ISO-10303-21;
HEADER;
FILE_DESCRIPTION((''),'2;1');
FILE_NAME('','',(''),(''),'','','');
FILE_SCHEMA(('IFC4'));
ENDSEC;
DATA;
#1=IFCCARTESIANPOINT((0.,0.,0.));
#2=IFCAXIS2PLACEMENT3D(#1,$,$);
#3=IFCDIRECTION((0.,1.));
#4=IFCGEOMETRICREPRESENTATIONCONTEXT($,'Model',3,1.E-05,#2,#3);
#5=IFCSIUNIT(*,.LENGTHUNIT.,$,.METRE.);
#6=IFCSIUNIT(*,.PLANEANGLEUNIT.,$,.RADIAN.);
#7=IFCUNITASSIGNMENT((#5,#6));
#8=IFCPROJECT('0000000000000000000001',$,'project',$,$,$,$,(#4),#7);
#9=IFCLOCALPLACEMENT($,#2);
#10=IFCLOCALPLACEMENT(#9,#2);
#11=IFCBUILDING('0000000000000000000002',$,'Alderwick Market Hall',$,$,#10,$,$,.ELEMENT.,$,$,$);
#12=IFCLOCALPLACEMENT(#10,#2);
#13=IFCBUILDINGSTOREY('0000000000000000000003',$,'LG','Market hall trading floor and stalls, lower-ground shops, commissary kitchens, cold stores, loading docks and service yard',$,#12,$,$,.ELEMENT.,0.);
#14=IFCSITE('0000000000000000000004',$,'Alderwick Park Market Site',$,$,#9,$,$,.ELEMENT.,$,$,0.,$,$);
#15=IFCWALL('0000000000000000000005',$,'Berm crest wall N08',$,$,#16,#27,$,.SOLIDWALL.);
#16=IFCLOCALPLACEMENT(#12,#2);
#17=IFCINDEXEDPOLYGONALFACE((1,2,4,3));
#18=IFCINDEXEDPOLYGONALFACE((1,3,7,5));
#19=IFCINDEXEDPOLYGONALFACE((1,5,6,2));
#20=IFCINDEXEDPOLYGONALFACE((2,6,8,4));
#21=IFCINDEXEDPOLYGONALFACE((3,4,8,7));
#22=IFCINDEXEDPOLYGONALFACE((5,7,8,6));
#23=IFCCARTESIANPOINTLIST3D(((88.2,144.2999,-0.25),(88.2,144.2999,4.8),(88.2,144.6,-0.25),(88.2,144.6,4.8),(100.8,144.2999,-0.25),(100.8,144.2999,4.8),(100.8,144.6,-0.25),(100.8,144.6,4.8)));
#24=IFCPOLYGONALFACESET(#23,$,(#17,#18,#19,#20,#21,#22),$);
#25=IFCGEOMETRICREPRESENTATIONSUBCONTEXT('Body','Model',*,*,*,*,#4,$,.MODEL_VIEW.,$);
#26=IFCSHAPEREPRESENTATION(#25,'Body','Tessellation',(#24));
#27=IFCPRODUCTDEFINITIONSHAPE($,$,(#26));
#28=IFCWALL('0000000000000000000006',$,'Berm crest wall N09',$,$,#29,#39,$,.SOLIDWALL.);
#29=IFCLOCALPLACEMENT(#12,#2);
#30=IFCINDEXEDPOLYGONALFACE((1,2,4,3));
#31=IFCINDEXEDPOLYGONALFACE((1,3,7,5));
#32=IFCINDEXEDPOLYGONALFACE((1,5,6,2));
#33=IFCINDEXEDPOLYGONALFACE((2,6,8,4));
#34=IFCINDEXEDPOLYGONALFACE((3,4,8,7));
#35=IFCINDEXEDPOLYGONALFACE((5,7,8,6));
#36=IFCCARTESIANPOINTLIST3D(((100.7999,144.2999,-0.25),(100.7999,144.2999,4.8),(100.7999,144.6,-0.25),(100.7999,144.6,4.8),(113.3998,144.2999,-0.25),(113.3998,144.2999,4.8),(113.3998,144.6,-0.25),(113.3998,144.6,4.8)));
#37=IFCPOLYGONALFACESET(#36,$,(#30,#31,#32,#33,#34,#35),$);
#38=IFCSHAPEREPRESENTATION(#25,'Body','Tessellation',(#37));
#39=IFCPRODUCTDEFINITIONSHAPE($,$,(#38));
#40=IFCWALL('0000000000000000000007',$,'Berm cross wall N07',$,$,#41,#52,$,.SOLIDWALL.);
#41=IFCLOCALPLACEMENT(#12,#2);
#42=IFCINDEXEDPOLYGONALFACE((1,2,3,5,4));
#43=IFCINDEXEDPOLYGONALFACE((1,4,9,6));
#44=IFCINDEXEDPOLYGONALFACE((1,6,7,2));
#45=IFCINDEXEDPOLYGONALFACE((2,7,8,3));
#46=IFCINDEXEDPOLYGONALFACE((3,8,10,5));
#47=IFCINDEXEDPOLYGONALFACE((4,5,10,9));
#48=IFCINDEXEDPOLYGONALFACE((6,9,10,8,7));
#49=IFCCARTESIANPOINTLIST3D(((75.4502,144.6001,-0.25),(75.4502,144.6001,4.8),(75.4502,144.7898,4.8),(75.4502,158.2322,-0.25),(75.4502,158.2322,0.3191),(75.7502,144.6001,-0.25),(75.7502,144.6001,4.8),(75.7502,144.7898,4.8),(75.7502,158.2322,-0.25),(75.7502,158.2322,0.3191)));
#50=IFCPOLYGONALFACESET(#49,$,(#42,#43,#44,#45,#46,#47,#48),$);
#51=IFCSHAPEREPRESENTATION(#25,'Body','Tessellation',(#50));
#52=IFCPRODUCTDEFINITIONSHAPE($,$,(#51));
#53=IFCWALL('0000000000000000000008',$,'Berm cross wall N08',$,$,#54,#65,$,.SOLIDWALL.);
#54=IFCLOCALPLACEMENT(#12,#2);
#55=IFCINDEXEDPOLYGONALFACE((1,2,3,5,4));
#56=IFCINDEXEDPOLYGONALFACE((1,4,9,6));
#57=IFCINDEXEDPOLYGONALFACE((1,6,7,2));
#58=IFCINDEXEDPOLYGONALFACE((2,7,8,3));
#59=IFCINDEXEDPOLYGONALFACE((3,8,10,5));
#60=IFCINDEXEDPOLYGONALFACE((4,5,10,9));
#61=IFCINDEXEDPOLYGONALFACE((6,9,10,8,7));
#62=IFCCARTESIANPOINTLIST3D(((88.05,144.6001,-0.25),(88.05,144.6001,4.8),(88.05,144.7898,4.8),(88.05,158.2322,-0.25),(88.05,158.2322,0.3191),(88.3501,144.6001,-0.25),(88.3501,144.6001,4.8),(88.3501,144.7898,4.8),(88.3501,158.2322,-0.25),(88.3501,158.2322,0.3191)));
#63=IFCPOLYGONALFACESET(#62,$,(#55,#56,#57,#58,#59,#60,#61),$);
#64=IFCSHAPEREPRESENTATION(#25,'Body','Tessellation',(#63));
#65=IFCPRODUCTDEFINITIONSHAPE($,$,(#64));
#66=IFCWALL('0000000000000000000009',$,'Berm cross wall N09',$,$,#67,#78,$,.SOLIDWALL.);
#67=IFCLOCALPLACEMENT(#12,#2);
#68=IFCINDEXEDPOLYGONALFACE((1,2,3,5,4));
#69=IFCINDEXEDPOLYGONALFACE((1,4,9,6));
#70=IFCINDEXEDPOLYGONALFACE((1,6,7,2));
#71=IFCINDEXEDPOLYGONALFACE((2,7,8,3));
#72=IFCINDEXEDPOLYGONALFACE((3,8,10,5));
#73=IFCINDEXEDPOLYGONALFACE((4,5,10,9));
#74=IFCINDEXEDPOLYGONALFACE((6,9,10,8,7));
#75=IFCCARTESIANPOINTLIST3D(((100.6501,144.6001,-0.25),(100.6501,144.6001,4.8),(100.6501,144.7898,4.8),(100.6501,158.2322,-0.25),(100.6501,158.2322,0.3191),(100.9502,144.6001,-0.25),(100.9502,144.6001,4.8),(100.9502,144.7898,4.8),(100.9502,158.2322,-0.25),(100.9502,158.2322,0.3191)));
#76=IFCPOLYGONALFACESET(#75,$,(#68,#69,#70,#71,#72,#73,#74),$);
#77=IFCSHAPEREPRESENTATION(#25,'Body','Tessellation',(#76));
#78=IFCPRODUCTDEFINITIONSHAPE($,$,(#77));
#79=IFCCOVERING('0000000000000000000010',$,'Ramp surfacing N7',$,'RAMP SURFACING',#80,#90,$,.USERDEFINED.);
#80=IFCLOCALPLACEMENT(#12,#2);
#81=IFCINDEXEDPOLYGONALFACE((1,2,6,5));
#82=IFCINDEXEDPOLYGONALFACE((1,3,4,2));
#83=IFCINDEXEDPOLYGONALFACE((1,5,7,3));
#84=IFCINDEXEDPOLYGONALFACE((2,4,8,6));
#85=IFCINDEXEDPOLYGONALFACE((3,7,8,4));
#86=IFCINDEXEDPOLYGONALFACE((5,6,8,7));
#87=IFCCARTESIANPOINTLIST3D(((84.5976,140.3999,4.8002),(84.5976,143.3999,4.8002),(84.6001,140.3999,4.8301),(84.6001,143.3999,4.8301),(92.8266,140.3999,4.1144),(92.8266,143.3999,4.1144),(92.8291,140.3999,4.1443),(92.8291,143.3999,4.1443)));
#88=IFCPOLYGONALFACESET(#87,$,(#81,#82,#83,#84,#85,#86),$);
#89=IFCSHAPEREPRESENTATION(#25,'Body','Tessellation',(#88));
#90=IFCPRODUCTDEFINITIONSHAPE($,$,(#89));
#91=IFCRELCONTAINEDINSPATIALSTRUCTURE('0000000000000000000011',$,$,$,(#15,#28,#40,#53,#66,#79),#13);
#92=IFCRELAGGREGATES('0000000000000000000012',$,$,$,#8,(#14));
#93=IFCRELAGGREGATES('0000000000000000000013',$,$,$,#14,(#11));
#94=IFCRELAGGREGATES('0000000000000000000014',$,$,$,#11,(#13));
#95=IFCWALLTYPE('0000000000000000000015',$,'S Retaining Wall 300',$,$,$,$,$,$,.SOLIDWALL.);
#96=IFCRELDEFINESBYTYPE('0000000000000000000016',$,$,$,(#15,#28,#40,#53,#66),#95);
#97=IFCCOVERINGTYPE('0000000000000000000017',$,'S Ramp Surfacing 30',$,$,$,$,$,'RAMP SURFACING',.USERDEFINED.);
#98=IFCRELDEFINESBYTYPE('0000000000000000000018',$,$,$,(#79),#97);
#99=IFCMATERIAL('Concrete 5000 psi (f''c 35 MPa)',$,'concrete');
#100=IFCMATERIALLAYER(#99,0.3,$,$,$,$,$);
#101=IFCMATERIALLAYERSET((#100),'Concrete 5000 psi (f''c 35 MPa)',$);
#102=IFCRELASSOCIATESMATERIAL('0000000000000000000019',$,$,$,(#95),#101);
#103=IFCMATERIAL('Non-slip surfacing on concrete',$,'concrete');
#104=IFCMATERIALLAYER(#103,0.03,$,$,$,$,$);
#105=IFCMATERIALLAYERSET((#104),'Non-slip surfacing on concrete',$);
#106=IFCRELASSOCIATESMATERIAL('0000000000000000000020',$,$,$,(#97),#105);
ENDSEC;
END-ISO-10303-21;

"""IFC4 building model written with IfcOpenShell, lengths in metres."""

from ifc_helpers import new_model, si_unit, direction, frame, frame_2d, origin, place, context, subcontext, project, spatial, polyline, rectangle, outline, extrude, material, layer, layer_set, type_object, element, save


model = new_model("IFC4")

# Units and contexts
model_context = context("Model", 3, precision=1e-05, world=origin(), true_north=direction((0.0, 1.0)))
body_context = subcontext(model_context, "Body", "Model", "MODEL_VIEW")
ifc_project = project(units=[si_unit("LENGTHUNIT", "METRE"), si_unit("PLANEANGLEUNIT", "RADIAN")], contexts=[model_context])

# Site, building, storey
site_placement = place(None, origin())
site = spatial("IfcSite", under=ifc_project, at=site_placement, Name="Alderwick Park Market Site", CompositionType="ELEMENT", RefElevation=0.0)
building_placement = place(site_placement, origin())
building = spatial("IfcBuilding", under=site, at=building_placement, Name="Alderwick Market Hall", CompositionType="ELEMENT")
storey_placement = place(building_placement, origin())
storey = spatial("IfcBuildingStorey", under=building, at=storey_placement, Name="LG", Description="Market hall trading floor and stalls, lower-ground shops, commissary kitchens, cold stores, loading docks and service yard", CompositionType="ELEMENT", Elevation=0.0)

# Shared definitions
ifc_material_1 = material(Name="Concrete 5000 psi (f'c 35 MPa)", Category="concrete")

# Walls
ifc_layer_1 = layer(ifc_material_1, 0.3)
ifc_layer_set_1 = layer_set([ifc_layer_1], Name="Concrete 5000 psi (f'c 35 MPa)")
wall_type_1 = type_object("IfcWallType", Name="S Retaining Wall 300", PredefinedType="SOLIDWALL", material=ifc_layer_set_1)
wall_1_placement = place(storey_placement, frame((88.2, 144.45, -0.25), z_axis=(0.0, 0.0, 1.0), x_axis=(1.0, 0.0, 0.0)))
element("IfcWall", 1, at=wall_1_placement, inside=storey, type_object=wall_type_1, Name="Berm crest wall N08", PredefinedType="SOLIDWALL", context=body_context, shape_type="SweptSolid", body=[
    extrude(rectangle(XDim=12.6001, YDim=0.3, at=frame_2d((6.3, 0.0))), origin(), (0.0, 0.0, 1.0), 5.05),
])
wall_2_placement = place(storey_placement, frame((100.8, 144.45, -0.25), z_axis=(0.0, 0.0, 1.0), x_axis=(1.0, 0.0, 0.0)))
element("IfcWall", 2, at=wall_2_placement, inside=storey, type_object=wall_type_1, Name="Berm crest wall N09", PredefinedType="SOLIDWALL", context=body_context, shape_type="SweptSolid", body=[
    extrude(rectangle(XDim=12.5999, YDim=0.3, at=frame_2d((6.2998, 0.0))), origin(), (0.0, 0.0, 1.0), 5.05),
])
for number, where, z_axis, x_axis, name in (
    (3, (75.6001, 144.6001, -0.25), (0.0, 0.0, 1.0), (0.0, 1.0, 0.0), "Berm cross wall N07"),
    (4, (88.2, 144.6001, -0.25), (0.0, 0.0, 1.0), (0.0, 1.0, 0.0), "Berm cross wall N08"),
    (5, (100.8, 144.6001, -0.25), (0.0, 0.0, 1.0), (0.0, 1.0, 0.0), "Berm cross wall N09"),
):
    element("IfcWall", number, at=place(storey_placement, frame(where, z_axis=z_axis, x_axis=x_axis)), inside=storey, type_object=wall_type_1, Name=name, PredefinedType="SOLIDWALL", context=body_context, shape_type="SweptSolid", body=[
        extrude(outline(polyline([(0.0, 0.0), (13.6321, 0.0), (13.6321, 0.5691), (0.1897, 5.05), (0.0, 5.05), (0.0, 0.0)])), frame((0.0, 0.1499, 0.0), z_axis=(0.0, -1.0, 0.0), x_axis=(1.0, 0.0, 0.0)), (0.0, 0.0, 1.0), 0.3),
    ])

# Covering
ifc_material_2 = material(Name="Non-slip surfacing on concrete", Category="concrete")
ifc_layer_2 = layer(ifc_material_2, 0.03)
ifc_layer_set_2 = layer_set([ifc_layer_2], Name="Non-slip surfacing on concrete")
covering_type = type_object("IfcCoveringType", Name="S Ramp Surfacing 30", ElementType="RAMP SURFACING", PredefinedType="USERDEFINED", material=ifc_layer_set_2)
covering_placement = place(storey_placement, frame((92.8291, 140.3999, 4.1443), z_axis=(0.08305, 0.0, 0.996545), x_axis=(-0.996545, 0.0, 0.08305)))
element("IfcCovering", 6, at=covering_placement, inside=storey, type_object=covering_type, Name="Ramp surfacing N7", ObjectType="RAMP SURFACING", PredefinedType="USERDEFINED", context=body_context, shape_type="SweptSolid", body=[
    extrude(outline(polyline([(0.0, 0.0), (8.2575, 0.0), (8.2575, -3.0), (0.0, -3.0), (0.0, 0.0)])), origin(), (0.0, 0.0, -1.0), 0.03),
])

save(model, "model.ifc")
